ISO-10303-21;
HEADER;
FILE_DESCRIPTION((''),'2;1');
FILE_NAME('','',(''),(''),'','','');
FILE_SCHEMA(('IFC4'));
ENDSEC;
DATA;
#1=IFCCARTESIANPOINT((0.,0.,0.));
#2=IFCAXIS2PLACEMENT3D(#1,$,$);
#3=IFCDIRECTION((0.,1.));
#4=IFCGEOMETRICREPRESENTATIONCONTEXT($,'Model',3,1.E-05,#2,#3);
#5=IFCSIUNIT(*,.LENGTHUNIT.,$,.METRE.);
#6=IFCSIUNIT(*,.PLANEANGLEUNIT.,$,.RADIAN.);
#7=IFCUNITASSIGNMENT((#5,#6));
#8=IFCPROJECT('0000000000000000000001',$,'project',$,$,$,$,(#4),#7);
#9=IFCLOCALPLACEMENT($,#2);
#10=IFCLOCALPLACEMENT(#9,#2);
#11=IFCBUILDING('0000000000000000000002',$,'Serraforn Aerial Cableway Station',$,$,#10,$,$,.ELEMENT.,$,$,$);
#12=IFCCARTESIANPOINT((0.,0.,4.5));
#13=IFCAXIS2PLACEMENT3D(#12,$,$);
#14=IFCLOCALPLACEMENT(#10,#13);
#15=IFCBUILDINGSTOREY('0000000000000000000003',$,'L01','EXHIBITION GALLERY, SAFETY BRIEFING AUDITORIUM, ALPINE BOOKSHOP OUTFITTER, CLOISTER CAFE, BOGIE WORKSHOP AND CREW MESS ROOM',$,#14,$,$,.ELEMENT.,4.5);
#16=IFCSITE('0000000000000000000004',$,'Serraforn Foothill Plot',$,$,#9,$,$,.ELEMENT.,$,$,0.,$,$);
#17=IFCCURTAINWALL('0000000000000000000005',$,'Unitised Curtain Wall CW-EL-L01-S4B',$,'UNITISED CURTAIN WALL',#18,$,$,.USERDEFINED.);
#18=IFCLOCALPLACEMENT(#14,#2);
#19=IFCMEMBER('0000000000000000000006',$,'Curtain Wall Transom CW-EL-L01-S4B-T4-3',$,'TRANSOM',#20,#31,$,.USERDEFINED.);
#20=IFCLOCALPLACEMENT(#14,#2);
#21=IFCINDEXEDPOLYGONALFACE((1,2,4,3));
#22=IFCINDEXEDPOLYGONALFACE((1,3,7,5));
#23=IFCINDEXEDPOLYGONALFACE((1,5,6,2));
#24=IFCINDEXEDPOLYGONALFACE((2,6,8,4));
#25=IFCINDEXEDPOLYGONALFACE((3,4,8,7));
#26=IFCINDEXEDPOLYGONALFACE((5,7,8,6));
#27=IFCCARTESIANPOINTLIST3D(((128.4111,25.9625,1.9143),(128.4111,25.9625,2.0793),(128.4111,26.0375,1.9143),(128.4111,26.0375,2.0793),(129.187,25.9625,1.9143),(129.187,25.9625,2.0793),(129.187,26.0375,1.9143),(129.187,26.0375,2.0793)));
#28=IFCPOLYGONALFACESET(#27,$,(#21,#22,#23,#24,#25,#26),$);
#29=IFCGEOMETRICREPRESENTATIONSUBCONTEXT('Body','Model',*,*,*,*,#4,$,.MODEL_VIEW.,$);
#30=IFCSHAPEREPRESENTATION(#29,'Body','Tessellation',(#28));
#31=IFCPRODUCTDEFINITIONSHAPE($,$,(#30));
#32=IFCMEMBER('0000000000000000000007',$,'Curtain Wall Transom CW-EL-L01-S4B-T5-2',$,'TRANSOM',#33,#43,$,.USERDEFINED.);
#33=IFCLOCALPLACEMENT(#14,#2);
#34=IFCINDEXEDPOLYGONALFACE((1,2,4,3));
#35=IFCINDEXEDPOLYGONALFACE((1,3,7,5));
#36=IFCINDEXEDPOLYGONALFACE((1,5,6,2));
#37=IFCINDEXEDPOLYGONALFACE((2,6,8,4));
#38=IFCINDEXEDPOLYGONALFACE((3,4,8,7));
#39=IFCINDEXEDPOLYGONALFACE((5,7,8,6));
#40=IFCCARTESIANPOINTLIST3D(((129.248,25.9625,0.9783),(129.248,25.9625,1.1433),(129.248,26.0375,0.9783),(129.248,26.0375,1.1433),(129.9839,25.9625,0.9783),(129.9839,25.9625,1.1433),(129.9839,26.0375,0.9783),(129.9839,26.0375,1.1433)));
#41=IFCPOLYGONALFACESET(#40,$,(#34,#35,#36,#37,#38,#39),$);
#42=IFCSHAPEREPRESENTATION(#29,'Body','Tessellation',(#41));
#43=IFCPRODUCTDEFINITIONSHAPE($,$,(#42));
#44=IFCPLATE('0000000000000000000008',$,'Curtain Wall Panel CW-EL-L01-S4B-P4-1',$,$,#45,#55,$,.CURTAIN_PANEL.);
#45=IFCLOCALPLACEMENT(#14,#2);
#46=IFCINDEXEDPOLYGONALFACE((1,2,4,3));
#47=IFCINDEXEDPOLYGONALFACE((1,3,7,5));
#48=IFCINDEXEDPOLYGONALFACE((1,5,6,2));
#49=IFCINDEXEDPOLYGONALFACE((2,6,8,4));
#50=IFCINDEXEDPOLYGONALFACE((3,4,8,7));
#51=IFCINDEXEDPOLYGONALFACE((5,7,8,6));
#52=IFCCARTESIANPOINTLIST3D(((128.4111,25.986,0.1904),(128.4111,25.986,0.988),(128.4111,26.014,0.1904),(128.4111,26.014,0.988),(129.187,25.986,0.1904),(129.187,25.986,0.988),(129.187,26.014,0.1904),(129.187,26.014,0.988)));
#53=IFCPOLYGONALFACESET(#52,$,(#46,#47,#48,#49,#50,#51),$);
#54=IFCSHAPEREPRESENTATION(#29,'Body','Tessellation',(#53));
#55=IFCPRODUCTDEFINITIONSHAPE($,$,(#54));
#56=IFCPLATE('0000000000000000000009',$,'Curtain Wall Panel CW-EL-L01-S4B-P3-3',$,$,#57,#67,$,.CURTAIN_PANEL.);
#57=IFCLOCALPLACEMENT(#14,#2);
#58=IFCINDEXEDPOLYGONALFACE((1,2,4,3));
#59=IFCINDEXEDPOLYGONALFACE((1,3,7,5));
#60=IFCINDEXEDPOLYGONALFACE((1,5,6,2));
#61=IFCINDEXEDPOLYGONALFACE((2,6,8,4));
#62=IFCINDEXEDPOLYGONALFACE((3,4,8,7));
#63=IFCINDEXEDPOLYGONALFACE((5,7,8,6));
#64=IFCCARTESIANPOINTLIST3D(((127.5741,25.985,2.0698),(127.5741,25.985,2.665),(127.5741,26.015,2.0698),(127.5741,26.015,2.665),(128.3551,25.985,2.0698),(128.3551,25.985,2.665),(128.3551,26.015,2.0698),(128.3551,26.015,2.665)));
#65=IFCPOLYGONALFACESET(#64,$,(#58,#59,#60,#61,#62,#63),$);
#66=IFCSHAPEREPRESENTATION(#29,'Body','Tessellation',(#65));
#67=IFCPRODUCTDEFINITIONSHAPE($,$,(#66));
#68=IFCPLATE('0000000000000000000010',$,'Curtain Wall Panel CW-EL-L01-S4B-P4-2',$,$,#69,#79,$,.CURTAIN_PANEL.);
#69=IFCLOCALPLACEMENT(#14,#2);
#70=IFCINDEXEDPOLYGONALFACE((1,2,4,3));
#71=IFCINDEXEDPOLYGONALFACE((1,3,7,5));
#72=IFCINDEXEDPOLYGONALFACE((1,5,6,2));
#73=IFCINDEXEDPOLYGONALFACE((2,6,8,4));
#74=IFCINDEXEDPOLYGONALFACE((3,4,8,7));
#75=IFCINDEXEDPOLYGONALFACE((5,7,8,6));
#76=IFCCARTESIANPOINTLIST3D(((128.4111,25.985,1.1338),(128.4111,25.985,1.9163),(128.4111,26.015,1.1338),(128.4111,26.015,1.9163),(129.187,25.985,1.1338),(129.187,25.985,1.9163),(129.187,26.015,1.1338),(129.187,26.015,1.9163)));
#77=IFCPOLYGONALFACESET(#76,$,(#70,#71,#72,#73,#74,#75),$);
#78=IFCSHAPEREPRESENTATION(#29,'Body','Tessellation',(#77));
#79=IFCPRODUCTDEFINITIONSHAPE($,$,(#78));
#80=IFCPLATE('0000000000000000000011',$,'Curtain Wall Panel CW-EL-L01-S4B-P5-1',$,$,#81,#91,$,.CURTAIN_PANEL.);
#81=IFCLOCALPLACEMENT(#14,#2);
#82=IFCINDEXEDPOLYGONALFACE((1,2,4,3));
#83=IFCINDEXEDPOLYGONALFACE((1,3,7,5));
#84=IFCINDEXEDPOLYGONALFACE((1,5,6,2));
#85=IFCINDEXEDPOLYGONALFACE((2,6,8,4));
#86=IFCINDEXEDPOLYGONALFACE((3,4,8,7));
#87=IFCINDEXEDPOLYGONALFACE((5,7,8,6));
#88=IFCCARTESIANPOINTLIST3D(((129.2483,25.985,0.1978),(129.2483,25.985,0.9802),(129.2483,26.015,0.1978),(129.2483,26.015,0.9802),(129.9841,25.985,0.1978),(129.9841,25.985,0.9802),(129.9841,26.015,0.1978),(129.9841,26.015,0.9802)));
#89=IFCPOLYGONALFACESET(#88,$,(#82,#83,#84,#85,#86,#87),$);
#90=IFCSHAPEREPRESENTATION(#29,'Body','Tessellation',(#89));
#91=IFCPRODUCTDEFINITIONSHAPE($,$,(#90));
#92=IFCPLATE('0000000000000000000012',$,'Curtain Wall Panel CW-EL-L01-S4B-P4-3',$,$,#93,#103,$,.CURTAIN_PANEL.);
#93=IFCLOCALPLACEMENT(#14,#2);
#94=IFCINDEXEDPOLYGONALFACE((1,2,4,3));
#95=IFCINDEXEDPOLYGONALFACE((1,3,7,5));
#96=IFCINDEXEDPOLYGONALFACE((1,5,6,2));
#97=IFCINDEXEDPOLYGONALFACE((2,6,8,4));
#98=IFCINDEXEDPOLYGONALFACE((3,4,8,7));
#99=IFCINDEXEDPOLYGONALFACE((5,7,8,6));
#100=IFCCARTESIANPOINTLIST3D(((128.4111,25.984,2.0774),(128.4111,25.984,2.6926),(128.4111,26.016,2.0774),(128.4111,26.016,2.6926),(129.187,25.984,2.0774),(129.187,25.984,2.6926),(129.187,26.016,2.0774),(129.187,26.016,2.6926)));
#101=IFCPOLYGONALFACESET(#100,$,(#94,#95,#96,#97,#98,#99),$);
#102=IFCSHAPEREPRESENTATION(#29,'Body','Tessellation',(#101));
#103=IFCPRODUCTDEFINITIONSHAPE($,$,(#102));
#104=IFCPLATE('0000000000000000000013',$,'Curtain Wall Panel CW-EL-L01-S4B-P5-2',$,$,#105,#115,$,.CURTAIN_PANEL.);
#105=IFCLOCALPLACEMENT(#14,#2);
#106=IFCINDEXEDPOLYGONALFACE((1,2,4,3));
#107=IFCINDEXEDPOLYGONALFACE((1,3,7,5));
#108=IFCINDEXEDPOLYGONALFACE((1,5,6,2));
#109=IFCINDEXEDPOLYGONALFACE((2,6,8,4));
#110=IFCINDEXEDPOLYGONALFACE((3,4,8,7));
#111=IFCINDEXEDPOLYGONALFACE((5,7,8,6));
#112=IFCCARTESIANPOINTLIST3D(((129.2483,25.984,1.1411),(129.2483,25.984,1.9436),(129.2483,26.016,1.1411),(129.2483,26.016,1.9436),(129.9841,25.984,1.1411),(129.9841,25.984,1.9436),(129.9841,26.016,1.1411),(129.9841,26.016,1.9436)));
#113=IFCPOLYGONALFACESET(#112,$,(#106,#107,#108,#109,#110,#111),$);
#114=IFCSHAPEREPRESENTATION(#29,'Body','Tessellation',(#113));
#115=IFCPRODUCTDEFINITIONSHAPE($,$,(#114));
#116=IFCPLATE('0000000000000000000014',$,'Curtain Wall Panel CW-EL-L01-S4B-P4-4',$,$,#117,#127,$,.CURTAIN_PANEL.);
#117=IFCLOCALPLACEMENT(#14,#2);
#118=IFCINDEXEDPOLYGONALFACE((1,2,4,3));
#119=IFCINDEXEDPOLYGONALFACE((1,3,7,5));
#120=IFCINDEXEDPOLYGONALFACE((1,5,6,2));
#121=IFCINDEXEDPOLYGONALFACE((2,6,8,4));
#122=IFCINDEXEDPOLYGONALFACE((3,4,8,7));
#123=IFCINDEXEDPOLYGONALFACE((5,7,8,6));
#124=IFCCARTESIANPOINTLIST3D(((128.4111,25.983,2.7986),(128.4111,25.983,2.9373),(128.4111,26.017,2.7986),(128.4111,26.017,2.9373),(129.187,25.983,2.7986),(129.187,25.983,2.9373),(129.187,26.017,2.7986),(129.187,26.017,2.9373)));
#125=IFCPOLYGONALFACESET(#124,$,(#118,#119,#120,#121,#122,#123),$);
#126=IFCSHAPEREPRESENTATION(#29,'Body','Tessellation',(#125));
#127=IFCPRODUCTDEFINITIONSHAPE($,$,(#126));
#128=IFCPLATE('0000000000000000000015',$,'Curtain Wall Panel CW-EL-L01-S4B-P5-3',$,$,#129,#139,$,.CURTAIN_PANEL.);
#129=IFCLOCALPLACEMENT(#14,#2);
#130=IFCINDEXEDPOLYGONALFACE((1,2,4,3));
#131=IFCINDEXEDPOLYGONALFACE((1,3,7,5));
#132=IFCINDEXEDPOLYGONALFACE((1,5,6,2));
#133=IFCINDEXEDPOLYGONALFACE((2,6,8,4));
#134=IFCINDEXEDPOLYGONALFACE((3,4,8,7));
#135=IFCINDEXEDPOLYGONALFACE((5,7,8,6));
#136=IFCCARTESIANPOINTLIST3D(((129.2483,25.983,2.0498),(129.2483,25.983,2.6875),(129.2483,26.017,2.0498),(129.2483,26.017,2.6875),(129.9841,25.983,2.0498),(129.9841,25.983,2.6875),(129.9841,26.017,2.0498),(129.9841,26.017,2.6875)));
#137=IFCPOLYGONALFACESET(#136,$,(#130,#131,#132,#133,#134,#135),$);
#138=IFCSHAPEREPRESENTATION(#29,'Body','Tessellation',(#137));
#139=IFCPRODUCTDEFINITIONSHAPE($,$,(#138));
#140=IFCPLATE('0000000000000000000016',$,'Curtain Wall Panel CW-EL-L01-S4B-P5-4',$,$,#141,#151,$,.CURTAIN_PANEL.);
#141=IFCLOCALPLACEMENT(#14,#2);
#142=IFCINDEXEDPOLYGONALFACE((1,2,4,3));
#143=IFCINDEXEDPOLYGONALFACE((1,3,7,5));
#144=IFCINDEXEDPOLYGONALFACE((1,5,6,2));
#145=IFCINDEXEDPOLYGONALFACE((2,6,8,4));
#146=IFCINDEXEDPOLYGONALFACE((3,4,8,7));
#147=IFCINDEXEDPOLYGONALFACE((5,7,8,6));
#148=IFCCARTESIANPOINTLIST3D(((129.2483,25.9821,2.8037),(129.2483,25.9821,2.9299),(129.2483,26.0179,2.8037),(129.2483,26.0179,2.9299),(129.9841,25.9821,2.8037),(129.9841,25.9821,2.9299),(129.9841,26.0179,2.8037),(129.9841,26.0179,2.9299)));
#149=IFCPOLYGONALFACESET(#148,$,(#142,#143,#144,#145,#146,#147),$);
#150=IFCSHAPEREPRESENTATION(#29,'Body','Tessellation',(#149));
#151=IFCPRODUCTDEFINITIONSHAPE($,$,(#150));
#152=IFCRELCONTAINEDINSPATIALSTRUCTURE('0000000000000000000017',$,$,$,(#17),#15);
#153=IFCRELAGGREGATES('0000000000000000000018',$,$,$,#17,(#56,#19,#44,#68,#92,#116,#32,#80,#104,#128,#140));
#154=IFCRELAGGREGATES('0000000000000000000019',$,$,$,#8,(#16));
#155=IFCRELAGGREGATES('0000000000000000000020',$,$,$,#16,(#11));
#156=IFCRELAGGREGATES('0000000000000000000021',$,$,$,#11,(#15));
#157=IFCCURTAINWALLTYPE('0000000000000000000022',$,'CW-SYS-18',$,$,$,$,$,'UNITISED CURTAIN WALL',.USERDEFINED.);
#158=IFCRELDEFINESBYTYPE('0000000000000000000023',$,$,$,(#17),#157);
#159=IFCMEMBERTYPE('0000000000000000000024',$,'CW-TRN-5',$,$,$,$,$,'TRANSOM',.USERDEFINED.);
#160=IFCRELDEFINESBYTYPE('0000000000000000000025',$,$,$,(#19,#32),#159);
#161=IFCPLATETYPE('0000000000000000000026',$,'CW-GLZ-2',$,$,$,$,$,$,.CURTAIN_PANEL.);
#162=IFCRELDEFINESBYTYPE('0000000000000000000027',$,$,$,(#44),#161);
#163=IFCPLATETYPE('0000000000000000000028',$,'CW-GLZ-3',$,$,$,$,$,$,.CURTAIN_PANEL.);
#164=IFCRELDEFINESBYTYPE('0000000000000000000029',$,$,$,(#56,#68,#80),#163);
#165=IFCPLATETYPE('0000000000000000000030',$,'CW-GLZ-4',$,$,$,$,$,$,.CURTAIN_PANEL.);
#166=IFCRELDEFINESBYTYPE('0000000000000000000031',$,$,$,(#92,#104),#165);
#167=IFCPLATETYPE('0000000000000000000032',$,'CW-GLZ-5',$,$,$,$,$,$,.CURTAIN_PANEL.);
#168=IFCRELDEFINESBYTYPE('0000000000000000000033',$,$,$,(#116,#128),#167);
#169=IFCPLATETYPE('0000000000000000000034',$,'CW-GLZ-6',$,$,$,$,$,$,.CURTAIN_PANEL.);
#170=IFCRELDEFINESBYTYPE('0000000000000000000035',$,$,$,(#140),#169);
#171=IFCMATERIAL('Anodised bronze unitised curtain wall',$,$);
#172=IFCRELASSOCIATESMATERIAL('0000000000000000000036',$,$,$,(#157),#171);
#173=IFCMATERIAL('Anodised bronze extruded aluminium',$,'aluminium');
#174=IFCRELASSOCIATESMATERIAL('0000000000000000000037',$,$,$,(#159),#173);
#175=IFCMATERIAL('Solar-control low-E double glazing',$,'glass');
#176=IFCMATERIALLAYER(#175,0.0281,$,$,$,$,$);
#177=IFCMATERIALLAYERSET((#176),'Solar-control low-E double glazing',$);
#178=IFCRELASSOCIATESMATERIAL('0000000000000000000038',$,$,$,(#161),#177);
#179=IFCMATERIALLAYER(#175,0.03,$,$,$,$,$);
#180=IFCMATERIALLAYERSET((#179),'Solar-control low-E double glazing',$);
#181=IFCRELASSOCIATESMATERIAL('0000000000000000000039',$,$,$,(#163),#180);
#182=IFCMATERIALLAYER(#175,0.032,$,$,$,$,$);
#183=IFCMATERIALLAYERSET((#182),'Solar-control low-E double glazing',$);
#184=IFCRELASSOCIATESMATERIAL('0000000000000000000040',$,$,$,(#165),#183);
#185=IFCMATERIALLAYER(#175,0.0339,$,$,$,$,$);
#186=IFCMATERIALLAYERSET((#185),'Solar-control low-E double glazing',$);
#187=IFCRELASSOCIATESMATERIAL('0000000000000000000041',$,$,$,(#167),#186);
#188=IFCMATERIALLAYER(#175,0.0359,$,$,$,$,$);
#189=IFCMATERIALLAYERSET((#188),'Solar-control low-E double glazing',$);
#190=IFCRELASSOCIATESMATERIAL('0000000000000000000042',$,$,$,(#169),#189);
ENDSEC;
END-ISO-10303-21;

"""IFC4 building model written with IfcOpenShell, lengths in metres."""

from ifc_helpers import new_model, si_unit, direction, frame, origin, origin_2d, place, context, subcontext, project, spatial, rectangle, extrude, material, layer, layer_set, material_profile, profile_set, type_object, element, aggregate, save


model = new_model("IFC4")

# Units and contexts
model_context = context("Model", 3, precision=1e-05, world=origin(), true_north=direction((0.0, 1.0)))
body_context = subcontext(model_context, "Body", "Model", "MODEL_VIEW")
ifc_project = project(units=[si_unit("LENGTHUNIT", "METRE"), si_unit("PLANEANGLEUNIT", "RADIAN")], contexts=[model_context])

# Site, building, storey
site_placement = place(None, origin())
site = spatial("IfcSite", under=ifc_project, at=site_placement, Name="Serraforn Foothill Plot", CompositionType="ELEMENT", RefElevation=0.0)
building_placement = place(site_placement, origin())
building = spatial("IfcBuilding", under=site, at=building_placement, Name="Serraforn Aerial Cableway Station", CompositionType="ELEMENT")
storey_placement = place(building_placement, frame((0.0, 0.0, 4.5)))
storey = spatial("IfcBuildingStorey", under=building, at=storey_placement, Name="L01", Description="EXHIBITION GALLERY, SAFETY BRIEFING AUDITORIUM, ALPINE BOOKSHOP OUTFITTER, CLOISTER CAFE, BOGIE WORKSHOP AND CREW MESS ROOM", CompositionType="ELEMENT", Elevation=4.5)

# Curtain wall
ifc_material_1 = material(Name="Anodised bronze unitised curtain wall")
curtain_wall_type_1 = type_object("IfcCurtainWallType", Name="CW-SYS-18", ElementType="UNITISED CURTAIN WALL", PredefinedType="USERDEFINED", material=ifc_material_1)
curtain_wall_1_placement = place(storey_placement, origin())
curtain_wall_1 = element("IfcCurtainWall", 1, at=curtain_wall_1_placement, inside=storey, type_object=curtain_wall_type_1, Name="Unitised Curtain Wall CW-EL-L01-S4B", ObjectType="UNITISED CURTAIN WALL", PredefinedType="USERDEFINED")
ifc_material_2 = material(Name="Anodised bronze extruded aluminium", Category="aluminium")

# Members
ifc_material_profile_1 = material_profile(ifc_material_2, rectangle(XDim=0.075, YDim=0.165, at=origin_2d()), Name="CW TRANSOM 75x165")
ifc_profile_set_1 = profile_set([ifc_material_profile_1], Name="Anodised bronze extruded aluminium")
member_type_1 = type_object("IfcMemberType", Name="CW-TRN-5", ElementType="TRANSOM", PredefinedType="USERDEFINED", material=ifc_profile_set_1)
member_1_placement = place(storey_placement, frame((128.4111, 26.0, 1.9968), z_axis=(1.0, 0.0, 0.0), x_axis=(0.0, 1.0, 0.0)))
member_1 = element("IfcMember", 2, at=member_1_placement, type_object=member_type_1, Name="Curtain Wall Transom CW-EL-L01-S4B-T4-3", ObjectType="TRANSOM", PredefinedType="USERDEFINED", context=body_context, shape_type="SweptSolid", body=[
    extrude(rectangle(XDim=0.075, YDim=0.165, at=origin_2d()), origin(), (0.0, 0.0, 1.0), 0.7759),
])
member_2_placement = place(storey_placement, frame((129.248, 26.0, 1.0608), z_axis=(1.0, 0.0, 0.0), x_axis=(0.0, 1.0, 0.0)))
member_2 = element("IfcMember", 3, at=member_2_placement, type_object=member_type_1, Name="Curtain Wall Transom CW-EL-L01-S4B-T5-2", ObjectType="TRANSOM", PredefinedType="USERDEFINED", context=body_context, shape_type="SweptSolid", body=[
    extrude(rectangle(XDim=0.075, YDim=0.165, at=origin_2d()), origin(), (0.0, 0.0, 1.0), 0.7358),
])

# Plates
ifc_material_3 = material(Name="Solar-control low-E double glazing", Category="glass")
ifc_layer_1 = layer(ifc_material_3, 0.0281)
ifc_layer_set_1 = layer_set([ifc_layer_1], Name="Solar-control low-E double glazing")
plate_type_1 = type_object("IfcPlateType", Name="CW-GLZ-2", PredefinedType="CURTAIN_PANEL", material=ifc_layer_set_1)
plate_1_placement = place(storey_placement, frame((128.7991, 26.0, 0.1904), z_axis=(0.0, 0.0, 1.0), x_axis=(1.0, 0.0, 0.0)))
plate_1 = element("IfcPlate", 4, at=plate_1_placement, type_object=plate_type_1, Name="Curtain Wall Panel CW-EL-L01-S4B-P4-1", PredefinedType="CURTAIN_PANEL", context=body_context, shape_type="SweptSolid", body=[
    extrude(rectangle(XDim=0.7759, YDim=0.0281, at=origin_2d()), origin(), (0.0, 0.0, 1.0), 0.7976),
])
ifc_layer_2 = layer(ifc_material_3, 0.03)
ifc_layer_set_2 = layer_set([ifc_layer_2], Name="Solar-control low-E double glazing")
plate_type_2 = type_object("IfcPlateType", Name="CW-GLZ-3", PredefinedType="CURTAIN_PANEL", material=ifc_layer_set_2)
plate_2_placement = place(storey_placement, frame((127.9646, 26.0, 2.0698), z_axis=(0.0, 0.0, 1.0), x_axis=(1.0, 0.0, 0.0)))
plate_2 = element("IfcPlate", 5, at=plate_2_placement, type_object=plate_type_2, Name="Curtain Wall Panel CW-EL-L01-S4B-P3-3", PredefinedType="CURTAIN_PANEL", context=body_context, shape_type="SweptSolid", body=[
    extrude(rectangle(XDim=0.781, YDim=0.03, at=origin_2d()), origin(), (0.0, 0.0, 1.0), 0.5952),
])
plate_3_placement = place(storey_placement, frame((128.7991, 26.0, 1.1338), z_axis=(0.0, 0.0, 1.0), x_axis=(1.0, 0.0, 0.0)))
plate_3 = element("IfcPlate", 6, at=plate_3_placement, type_object=plate_type_2, Name="Curtain Wall Panel CW-EL-L01-S4B-P4-2", PredefinedType="CURTAIN_PANEL", context=body_context, shape_type="SweptSolid", body=[
    extrude(rectangle(XDim=0.7759, YDim=0.03, at=origin_2d()), origin(), (0.0, 0.0, 1.0), 0.7825),
])
plate_4_placement = place(storey_placement, frame((129.6162, 26.0, 0.1978), z_axis=(0.0, 0.0, 1.0), x_axis=(1.0, 0.0, 0.0)))
plate_4 = element("IfcPlate", 7, at=plate_4_placement, type_object=plate_type_2, Name="Curtain Wall Panel CW-EL-L01-S4B-P5-1", PredefinedType="CURTAIN_PANEL", context=body_context, shape_type="SweptSolid", body=[
    extrude(rectangle(XDim=0.7358, YDim=0.03, at=origin_2d()), origin(), (0.0, 0.0, 1.0), 0.7825),
])
ifc_layer_3 = layer(ifc_material_3, 0.032)
ifc_layer_set_3 = layer_set([ifc_layer_3], Name="Solar-control low-E double glazing")
plate_type_3 = type_object("IfcPlateType", Name="CW-GLZ-4", PredefinedType="CURTAIN_PANEL", material=ifc_layer_set_3)
plate_5_placement = place(storey_placement, frame((128.7991, 26.0, 2.0774), z_axis=(0.0, 0.0, 1.0), x_axis=(1.0, 0.0, 0.0)))
plate_5 = element("IfcPlate", 8, at=plate_5_placement, type_object=plate_type_3, Name="Curtain Wall Panel CW-EL-L01-S4B-P4-3", PredefinedType="CURTAIN_PANEL", context=body_context, shape_type="SweptSolid", body=[
    extrude(rectangle(XDim=0.7759, YDim=0.032, at=origin_2d()), origin(), (0.0, 0.0, 1.0), 0.6152),
])
plate_6_placement = place(storey_placement, frame((129.6162, 26.0, 1.1411), z_axis=(0.0, 0.0, 1.0), x_axis=(1.0, 0.0, 0.0)))
plate_6 = element("IfcPlate", 9, at=plate_6_placement, type_object=plate_type_3, Name="Curtain Wall Panel CW-EL-L01-S4B-P5-2", PredefinedType="CURTAIN_PANEL", context=body_context, shape_type="SweptSolid", body=[
    extrude(rectangle(XDim=0.7358, YDim=0.032, at=origin_2d()), origin(), (0.0, 0.0, 1.0), 0.8025),
])
ifc_layer_4 = layer(ifc_material_3, 0.0339)
ifc_layer_set_4 = layer_set([ifc_layer_4], Name="Solar-control low-E double glazing")
plate_type_4 = type_object("IfcPlateType", Name="CW-GLZ-5", PredefinedType="CURTAIN_PANEL", material=ifc_layer_set_4)
plate_7_placement = place(storey_placement, frame((128.7991, 26.0, 2.7986), z_axis=(0.0, 0.0, 1.0), x_axis=(1.0, 0.0, 0.0)))
plate_7 = element("IfcPlate", 10, at=plate_7_placement, type_object=plate_type_4, Name="Curtain Wall Panel CW-EL-L01-S4B-P4-4", PredefinedType="CURTAIN_PANEL", context=body_context, shape_type="SweptSolid", body=[
    extrude(rectangle(XDim=0.7759, YDim=0.0339, at=origin_2d()), origin(), (0.0, 0.0, 1.0), 0.1387),
])
plate_8_placement = place(storey_placement, frame((129.6162, 26.0, 2.0498), z_axis=(0.0, 0.0, 1.0), x_axis=(1.0, 0.0, 0.0)))
plate_8 = element("IfcPlate", 11, at=plate_8_placement, type_object=plate_type_4, Name="Curtain Wall Panel CW-EL-L01-S4B-P5-3", PredefinedType="CURTAIN_PANEL", context=body_context, shape_type="SweptSolid", body=[
    extrude(rectangle(XDim=0.7358, YDim=0.0339, at=origin_2d()), origin(), (0.0, 0.0, 1.0), 0.6377),
])
ifc_layer_5 = layer(ifc_material_3, 0.0359)
ifc_layer_set_5 = layer_set([ifc_layer_5], Name="Solar-control low-E double glazing")
plate_type_5 = type_object("IfcPlateType", Name="CW-GLZ-6", PredefinedType="CURTAIN_PANEL", material=ifc_layer_set_5)
plate_9_placement = place(storey_placement, frame((129.6162, 26.0, 2.8037), z_axis=(0.0, 0.0, 1.0), x_axis=(1.0, 0.0, 0.0)))
plate_9 = element("IfcPlate", 12, at=plate_9_placement, type_object=plate_type_5, Name="Curtain Wall Panel CW-EL-L01-S4B-P5-4", PredefinedType="CURTAIN_PANEL", context=body_context, shape_type="SweptSolid", body=[
    extrude(rectangle(XDim=0.7358, YDim=0.0359, at=origin_2d()), origin(), (0.0, 0.0, 1.0), 0.1262),
])
aggregate(curtain_wall_1, [plate_2, member_1, plate_1, plate_3, plate_5, plate_7, member_2, plate_4, plate_6, plate_8, plate_9])

save(model, "model.ifc")
